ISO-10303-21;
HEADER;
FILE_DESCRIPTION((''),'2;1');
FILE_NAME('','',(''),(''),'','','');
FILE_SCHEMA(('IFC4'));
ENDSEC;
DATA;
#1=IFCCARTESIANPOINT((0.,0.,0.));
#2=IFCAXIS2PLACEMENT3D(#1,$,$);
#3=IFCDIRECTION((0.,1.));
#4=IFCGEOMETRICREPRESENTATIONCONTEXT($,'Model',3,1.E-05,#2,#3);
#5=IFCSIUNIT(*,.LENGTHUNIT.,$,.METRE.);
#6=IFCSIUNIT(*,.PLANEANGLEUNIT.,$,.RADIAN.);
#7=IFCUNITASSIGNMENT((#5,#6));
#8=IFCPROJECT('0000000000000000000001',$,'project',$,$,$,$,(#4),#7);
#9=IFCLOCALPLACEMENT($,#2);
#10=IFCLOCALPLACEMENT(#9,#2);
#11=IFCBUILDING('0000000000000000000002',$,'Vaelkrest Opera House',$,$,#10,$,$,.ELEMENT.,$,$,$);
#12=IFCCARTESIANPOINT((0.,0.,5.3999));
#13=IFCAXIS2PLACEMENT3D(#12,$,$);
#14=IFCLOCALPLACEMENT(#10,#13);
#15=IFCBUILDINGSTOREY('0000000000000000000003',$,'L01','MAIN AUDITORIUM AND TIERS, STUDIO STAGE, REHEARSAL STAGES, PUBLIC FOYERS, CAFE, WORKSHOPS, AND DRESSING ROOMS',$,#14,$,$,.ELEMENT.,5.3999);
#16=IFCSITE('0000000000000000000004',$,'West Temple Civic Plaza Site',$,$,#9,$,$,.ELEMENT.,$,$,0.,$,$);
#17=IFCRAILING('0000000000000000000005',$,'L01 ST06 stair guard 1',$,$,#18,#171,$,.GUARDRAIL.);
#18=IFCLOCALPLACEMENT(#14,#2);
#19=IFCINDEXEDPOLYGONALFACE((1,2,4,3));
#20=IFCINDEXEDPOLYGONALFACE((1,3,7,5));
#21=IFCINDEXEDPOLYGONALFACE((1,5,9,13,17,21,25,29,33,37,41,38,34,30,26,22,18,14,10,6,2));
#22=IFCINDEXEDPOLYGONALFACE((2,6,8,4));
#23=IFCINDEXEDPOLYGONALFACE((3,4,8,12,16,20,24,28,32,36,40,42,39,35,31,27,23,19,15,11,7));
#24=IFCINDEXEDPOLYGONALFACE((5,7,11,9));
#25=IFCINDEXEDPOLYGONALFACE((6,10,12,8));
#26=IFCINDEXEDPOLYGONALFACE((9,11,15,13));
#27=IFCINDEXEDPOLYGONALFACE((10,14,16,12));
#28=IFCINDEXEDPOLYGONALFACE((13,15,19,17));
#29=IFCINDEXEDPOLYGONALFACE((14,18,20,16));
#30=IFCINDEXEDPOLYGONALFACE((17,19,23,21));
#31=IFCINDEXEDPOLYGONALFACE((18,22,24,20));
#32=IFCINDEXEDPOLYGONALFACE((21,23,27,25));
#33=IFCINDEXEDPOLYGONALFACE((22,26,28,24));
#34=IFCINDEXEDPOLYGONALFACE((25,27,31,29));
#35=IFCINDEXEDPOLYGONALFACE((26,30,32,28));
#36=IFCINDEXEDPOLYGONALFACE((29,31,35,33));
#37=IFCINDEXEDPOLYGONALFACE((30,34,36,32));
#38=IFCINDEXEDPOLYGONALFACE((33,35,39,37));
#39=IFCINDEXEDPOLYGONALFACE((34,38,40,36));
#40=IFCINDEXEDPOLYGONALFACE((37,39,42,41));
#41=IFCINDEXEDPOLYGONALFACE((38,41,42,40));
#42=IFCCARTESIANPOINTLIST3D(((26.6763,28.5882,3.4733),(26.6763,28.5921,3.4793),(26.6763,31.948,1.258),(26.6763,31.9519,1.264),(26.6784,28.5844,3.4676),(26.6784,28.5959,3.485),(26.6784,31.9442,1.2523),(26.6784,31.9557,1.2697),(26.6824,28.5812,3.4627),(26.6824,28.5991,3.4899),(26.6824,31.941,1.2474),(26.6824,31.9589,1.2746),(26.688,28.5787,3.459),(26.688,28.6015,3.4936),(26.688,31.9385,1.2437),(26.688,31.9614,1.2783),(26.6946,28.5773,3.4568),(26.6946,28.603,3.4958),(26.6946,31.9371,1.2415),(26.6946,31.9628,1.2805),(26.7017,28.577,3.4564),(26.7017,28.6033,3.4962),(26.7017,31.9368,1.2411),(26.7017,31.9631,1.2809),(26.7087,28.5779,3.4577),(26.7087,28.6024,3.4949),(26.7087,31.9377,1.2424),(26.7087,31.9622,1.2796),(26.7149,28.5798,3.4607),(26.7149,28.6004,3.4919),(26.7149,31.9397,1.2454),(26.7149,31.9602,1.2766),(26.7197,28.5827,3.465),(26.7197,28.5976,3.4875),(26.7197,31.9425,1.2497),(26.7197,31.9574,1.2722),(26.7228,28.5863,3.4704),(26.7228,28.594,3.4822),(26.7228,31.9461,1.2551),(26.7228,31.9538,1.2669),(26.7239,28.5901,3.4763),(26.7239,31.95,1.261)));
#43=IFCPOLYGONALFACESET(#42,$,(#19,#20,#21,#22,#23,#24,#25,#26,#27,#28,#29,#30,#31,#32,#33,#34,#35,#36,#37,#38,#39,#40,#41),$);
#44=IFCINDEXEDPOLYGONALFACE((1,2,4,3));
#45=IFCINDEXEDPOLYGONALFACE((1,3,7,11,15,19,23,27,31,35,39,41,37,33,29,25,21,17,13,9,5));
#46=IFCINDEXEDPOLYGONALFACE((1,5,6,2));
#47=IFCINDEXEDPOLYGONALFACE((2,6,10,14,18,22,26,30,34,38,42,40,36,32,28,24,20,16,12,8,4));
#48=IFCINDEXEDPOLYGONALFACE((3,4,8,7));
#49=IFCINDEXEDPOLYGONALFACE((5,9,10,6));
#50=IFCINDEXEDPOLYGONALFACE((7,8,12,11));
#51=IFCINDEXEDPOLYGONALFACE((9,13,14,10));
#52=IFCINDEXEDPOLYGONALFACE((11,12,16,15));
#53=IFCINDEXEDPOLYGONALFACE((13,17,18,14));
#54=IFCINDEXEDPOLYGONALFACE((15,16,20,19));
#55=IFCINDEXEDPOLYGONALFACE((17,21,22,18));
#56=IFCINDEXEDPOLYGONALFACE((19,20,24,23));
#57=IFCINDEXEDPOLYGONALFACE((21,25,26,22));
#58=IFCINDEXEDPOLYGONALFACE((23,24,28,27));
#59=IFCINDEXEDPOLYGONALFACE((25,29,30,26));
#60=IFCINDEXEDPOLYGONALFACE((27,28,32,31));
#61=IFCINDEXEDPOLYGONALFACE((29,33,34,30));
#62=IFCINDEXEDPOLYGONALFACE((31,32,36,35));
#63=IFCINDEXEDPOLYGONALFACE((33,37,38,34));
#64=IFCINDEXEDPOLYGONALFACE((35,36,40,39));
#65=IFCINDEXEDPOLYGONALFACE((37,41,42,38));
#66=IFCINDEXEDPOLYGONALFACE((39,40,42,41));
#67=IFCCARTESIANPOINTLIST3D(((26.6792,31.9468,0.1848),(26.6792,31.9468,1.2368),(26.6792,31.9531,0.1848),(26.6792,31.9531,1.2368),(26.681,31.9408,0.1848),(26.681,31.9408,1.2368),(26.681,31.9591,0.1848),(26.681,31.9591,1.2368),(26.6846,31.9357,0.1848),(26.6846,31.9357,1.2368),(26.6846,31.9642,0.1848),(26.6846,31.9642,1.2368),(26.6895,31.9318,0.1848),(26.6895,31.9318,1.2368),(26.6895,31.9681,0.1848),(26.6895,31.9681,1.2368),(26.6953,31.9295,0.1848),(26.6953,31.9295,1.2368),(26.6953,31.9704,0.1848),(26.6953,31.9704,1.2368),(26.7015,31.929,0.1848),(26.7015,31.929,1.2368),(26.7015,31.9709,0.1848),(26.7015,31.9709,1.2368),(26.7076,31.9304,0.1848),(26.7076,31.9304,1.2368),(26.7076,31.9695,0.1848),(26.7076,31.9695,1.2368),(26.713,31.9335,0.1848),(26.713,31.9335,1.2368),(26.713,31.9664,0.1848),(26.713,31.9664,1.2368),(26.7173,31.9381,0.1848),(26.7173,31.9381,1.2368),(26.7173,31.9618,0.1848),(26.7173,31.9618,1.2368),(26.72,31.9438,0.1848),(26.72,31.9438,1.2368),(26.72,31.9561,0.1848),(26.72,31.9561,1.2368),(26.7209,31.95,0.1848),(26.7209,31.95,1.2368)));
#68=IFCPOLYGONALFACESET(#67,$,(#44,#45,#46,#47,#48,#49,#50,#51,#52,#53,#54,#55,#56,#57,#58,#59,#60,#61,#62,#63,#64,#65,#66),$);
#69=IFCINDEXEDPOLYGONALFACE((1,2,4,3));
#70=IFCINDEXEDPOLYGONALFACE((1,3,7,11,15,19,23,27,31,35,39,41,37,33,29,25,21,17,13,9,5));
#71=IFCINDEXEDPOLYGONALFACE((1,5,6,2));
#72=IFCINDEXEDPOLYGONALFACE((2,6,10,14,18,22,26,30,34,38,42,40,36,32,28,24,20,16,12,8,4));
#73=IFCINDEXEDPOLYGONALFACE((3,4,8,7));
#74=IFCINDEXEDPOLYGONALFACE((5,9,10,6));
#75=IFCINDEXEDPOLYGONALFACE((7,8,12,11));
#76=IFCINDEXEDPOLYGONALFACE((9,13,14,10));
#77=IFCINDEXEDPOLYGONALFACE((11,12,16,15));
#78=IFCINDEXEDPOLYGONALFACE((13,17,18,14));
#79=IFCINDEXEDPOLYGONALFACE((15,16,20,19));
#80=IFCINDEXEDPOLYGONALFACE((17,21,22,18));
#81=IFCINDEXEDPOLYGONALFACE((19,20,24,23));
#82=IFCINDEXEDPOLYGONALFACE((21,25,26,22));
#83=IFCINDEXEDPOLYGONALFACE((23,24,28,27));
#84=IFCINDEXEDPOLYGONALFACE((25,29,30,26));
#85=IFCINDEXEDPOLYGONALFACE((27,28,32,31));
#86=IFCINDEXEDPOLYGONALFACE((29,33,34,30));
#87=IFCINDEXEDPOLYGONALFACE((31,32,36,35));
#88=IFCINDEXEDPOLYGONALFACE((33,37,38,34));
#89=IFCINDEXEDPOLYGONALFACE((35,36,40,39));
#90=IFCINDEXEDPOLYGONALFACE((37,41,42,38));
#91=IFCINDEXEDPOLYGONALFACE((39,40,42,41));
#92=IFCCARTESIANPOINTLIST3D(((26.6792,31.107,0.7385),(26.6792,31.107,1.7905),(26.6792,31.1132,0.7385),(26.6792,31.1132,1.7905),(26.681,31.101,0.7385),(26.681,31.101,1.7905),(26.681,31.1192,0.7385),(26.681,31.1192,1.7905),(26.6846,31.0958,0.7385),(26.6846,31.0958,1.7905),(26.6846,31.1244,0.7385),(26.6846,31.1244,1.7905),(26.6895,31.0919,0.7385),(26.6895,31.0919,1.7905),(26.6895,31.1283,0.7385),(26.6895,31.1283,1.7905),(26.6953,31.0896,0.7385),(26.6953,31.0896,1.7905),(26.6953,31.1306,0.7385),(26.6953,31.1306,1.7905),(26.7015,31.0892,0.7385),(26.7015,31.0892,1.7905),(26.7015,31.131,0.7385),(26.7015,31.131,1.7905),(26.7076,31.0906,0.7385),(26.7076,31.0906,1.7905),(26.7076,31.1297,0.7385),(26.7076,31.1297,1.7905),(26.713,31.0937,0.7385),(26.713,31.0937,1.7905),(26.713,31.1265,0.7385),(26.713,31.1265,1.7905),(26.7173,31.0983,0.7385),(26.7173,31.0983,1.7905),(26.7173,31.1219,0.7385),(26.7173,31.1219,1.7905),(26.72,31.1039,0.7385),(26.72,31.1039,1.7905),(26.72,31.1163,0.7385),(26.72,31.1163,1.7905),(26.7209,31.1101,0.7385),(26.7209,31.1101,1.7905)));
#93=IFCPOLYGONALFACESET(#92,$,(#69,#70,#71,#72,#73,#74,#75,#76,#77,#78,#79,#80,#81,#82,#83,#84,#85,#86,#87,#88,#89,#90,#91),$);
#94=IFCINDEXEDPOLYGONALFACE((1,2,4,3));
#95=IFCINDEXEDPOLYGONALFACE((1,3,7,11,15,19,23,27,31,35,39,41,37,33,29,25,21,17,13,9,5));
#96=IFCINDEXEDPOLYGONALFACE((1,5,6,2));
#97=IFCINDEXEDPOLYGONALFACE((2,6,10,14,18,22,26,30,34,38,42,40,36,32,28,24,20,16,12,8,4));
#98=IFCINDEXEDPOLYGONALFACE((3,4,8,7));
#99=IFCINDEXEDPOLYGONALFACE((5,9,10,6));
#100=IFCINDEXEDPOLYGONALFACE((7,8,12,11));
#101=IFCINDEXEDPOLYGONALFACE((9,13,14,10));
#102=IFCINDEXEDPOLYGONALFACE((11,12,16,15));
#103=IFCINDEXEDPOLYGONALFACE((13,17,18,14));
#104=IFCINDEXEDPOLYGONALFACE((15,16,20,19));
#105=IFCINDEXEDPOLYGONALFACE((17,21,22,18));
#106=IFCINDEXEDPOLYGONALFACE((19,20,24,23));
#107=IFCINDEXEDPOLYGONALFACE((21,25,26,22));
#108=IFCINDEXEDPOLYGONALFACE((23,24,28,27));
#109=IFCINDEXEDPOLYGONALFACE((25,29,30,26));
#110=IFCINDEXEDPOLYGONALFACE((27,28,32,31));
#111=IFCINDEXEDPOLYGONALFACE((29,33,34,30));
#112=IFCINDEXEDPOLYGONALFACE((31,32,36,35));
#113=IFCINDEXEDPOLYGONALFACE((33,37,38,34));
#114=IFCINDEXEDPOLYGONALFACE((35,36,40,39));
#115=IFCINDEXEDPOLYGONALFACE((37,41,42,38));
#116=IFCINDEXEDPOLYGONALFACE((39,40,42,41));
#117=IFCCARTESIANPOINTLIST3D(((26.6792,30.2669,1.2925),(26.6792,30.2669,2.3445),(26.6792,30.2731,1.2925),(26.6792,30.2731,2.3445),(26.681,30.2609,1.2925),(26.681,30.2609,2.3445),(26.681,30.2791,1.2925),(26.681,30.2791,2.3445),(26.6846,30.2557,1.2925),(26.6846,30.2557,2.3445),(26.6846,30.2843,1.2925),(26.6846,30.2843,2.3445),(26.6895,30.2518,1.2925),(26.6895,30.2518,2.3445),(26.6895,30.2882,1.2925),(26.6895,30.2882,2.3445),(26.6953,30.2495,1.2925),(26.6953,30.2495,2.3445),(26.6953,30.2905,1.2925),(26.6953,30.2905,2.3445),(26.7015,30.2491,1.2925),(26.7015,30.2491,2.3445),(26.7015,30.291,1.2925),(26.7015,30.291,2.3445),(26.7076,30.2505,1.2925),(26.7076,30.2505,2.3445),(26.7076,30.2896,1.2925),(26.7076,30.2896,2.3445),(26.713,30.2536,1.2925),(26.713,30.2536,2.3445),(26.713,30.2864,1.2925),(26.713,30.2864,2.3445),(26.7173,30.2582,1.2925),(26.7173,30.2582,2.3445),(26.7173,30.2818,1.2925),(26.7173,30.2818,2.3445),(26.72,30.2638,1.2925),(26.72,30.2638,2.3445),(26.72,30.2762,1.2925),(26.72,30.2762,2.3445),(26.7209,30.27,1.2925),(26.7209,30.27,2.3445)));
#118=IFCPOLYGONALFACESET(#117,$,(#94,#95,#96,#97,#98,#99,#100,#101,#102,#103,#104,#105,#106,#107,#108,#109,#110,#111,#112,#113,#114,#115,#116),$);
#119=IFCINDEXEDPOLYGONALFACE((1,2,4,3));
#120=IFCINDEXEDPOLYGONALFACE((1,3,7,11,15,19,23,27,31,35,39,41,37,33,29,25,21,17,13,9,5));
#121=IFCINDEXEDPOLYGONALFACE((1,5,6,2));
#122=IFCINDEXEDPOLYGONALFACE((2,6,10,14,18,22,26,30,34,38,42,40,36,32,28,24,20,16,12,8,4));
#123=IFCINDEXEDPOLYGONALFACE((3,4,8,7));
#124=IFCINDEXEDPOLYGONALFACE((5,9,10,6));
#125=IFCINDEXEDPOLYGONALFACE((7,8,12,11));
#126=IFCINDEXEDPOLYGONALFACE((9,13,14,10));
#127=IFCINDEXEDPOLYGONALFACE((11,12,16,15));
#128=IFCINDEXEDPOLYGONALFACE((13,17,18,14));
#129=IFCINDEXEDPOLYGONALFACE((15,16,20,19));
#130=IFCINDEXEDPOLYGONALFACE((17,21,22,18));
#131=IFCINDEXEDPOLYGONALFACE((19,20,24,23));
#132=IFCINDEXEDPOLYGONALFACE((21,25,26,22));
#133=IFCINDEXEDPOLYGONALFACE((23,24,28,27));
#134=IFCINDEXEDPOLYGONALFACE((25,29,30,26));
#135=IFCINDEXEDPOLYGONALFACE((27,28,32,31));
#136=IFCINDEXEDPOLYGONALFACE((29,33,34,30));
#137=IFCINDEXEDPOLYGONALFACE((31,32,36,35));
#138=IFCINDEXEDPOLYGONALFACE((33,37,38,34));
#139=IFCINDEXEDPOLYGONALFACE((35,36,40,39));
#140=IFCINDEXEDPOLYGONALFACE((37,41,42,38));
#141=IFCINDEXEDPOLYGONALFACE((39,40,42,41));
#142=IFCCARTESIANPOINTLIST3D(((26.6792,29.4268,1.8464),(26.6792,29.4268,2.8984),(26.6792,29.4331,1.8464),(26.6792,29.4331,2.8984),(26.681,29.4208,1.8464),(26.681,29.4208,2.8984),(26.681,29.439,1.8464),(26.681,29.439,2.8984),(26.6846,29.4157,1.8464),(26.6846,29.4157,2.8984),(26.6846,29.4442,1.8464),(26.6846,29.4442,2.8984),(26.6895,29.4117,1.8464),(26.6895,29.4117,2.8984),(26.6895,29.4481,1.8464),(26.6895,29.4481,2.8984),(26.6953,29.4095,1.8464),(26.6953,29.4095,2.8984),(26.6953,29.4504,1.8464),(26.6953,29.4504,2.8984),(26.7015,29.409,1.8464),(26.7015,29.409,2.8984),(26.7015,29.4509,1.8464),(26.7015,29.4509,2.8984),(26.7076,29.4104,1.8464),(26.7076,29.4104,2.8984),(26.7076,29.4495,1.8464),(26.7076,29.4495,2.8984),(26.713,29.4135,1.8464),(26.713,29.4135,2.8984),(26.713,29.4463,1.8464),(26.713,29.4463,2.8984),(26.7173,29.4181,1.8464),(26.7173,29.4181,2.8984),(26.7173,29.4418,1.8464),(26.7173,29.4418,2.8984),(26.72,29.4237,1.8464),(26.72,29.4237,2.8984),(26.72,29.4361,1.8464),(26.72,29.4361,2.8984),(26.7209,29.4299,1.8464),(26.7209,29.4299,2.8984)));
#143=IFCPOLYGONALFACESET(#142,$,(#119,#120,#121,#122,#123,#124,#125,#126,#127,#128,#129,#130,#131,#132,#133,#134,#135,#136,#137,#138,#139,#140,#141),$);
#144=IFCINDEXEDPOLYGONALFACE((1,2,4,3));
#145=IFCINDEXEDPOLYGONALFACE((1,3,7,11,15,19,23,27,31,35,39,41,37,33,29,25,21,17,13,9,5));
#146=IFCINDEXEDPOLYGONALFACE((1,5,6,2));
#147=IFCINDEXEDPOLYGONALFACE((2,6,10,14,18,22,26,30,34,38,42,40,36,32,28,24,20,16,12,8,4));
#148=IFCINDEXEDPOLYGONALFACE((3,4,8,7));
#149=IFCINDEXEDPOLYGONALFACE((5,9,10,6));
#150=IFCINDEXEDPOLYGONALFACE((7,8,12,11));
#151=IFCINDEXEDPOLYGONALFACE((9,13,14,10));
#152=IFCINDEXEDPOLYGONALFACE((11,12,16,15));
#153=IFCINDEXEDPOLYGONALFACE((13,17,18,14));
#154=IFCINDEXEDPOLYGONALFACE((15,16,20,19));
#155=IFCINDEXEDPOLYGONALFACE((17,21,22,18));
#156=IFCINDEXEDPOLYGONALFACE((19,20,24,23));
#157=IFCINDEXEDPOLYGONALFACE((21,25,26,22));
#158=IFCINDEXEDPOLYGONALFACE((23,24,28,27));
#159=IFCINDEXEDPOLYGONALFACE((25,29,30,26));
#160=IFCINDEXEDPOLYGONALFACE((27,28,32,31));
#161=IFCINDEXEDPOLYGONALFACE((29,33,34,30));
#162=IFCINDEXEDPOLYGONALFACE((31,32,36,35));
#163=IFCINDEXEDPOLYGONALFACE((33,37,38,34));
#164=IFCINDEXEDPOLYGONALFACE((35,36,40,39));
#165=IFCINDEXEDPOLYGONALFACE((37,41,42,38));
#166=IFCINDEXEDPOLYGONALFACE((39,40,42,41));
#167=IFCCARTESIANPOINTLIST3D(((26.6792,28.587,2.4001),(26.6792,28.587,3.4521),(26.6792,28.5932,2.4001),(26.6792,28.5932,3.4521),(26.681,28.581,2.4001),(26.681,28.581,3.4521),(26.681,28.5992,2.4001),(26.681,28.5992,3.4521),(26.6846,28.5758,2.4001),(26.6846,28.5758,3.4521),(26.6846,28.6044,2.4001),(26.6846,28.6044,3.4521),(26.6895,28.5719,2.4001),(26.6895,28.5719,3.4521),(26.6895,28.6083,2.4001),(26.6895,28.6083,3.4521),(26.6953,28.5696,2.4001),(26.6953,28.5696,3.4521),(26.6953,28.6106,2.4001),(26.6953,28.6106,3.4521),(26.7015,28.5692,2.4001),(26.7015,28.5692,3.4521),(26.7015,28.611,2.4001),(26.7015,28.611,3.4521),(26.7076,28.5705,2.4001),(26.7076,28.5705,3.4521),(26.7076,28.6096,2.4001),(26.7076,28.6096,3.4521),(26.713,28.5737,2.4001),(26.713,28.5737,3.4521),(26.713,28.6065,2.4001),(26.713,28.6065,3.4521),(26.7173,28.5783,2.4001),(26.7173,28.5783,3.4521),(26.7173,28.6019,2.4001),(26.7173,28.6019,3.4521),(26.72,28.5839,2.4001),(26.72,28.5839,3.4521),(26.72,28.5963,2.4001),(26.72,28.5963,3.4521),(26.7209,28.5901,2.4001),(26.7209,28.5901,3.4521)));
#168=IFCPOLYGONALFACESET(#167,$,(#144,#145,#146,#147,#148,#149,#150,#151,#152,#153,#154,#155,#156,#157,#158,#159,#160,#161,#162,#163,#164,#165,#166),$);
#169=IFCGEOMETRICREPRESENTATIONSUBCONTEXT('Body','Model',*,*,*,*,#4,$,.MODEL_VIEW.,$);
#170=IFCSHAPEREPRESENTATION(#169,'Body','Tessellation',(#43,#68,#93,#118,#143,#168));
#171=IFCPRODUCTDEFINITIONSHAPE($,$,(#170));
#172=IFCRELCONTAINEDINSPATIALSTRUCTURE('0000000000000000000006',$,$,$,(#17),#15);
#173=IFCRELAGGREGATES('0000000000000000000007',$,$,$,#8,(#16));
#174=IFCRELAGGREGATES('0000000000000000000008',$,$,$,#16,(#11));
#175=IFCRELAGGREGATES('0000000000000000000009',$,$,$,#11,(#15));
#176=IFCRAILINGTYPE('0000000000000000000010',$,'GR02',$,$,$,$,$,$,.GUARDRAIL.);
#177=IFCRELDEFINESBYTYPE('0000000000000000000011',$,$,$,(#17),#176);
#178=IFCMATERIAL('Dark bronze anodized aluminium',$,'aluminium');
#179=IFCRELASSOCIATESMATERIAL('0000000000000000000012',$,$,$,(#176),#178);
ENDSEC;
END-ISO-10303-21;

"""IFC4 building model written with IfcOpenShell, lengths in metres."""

from ifc_helpers import new_model, si_unit, direction, frame, origin, origin_2d, place, context, subcontext, project, spatial, circle, extrude, material, type_object, element, save


model = new_model("IFC4")

# Units and contexts
model_context = context("Model", 3, precision=1e-05, world=origin(), true_north=direction((0.0, 1.0)))
body_context = subcontext(model_context, "Body", "Model", "MODEL_VIEW")
ifc_project = project(units=[si_unit("LENGTHUNIT", "METRE"), si_unit("PLANEANGLEUNIT", "RADIAN")], contexts=[model_context])

# Site, building, storey
site_placement = place(None, origin())
site = spatial("IfcSite", under=ifc_project, at=site_placement, Name="West Temple Civic Plaza Site", CompositionType="ELEMENT", RefElevation=0.0)
building_placement = place(site_placement, origin())
building = spatial("IfcBuilding", under=site, at=building_placement, Name="Vaelkrest Opera House", CompositionType="ELEMENT")
storey_placement = place(building_placement, frame((0.0, 0.0, 5.3999)))
storey = spatial("IfcBuildingStorey", under=building, at=storey_placement, Name="L01", Description="MAIN AUDITORIUM AND TIERS, STUDIO STAGE, REHEARSAL STAGES, PUBLIC FOYERS, CAFE, WORKSHOPS, AND DRESSING ROOMS", CompositionType="ELEMENT", Elevation=5.3999)

# Railing
ifc_material_1 = material(Name="Dark bronze anodized aluminium", Category="aluminium")
railing_type = type_object("IfcRailingType", Name="GR02", PredefinedType="GUARDRAIL", material=ifc_material_1)
railing_1_placement = place(storey_placement, frame((26.7, 31.95, 0.1848)))
element("IfcRailing", 1, at=railing_1_placement, inside=storey, type_object=railing_type, Name="L01 ST06 stair guard 1", PredefinedType="GUARDRAIL", context=body_context, shape_type="SweptSolid", body=[
    extrude(circle(Radius=0.0239, at=origin_2d()), frame((0.0, 0.0, 1.0762), z_axis=(0.0, -0.834858, 0.550465), x_axis=(1.0, 0.0, 0.0)), (0.0, 0.0, 1.0), 4.0244),
    extrude(circle(Radius=0.021, at=origin_2d()), origin(), (0.0, 0.0, 1.0), 1.052),
    extrude(circle(Radius=0.021, at=origin_2d()), frame((0.0, -0.8398, 0.5537)), (0.0, 0.0, 1.0), 1.052),
    extrude(circle(Radius=0.021, at=origin_2d()), frame((0.0, -1.6799, 1.1077)), (0.0, 0.0, 1.0), 1.052),
    extrude(circle(Radius=0.021, at=origin_2d()), frame((0.0, -2.52, 1.6616)), (0.0, 0.0, 1.0), 1.052),
    extrude(circle(Radius=0.021, at=origin_2d()), frame((0.0, -3.3599, 2.2153)), (0.0, 0.0, 1.0), 1.052),
])

save(model, "model.ifc")
